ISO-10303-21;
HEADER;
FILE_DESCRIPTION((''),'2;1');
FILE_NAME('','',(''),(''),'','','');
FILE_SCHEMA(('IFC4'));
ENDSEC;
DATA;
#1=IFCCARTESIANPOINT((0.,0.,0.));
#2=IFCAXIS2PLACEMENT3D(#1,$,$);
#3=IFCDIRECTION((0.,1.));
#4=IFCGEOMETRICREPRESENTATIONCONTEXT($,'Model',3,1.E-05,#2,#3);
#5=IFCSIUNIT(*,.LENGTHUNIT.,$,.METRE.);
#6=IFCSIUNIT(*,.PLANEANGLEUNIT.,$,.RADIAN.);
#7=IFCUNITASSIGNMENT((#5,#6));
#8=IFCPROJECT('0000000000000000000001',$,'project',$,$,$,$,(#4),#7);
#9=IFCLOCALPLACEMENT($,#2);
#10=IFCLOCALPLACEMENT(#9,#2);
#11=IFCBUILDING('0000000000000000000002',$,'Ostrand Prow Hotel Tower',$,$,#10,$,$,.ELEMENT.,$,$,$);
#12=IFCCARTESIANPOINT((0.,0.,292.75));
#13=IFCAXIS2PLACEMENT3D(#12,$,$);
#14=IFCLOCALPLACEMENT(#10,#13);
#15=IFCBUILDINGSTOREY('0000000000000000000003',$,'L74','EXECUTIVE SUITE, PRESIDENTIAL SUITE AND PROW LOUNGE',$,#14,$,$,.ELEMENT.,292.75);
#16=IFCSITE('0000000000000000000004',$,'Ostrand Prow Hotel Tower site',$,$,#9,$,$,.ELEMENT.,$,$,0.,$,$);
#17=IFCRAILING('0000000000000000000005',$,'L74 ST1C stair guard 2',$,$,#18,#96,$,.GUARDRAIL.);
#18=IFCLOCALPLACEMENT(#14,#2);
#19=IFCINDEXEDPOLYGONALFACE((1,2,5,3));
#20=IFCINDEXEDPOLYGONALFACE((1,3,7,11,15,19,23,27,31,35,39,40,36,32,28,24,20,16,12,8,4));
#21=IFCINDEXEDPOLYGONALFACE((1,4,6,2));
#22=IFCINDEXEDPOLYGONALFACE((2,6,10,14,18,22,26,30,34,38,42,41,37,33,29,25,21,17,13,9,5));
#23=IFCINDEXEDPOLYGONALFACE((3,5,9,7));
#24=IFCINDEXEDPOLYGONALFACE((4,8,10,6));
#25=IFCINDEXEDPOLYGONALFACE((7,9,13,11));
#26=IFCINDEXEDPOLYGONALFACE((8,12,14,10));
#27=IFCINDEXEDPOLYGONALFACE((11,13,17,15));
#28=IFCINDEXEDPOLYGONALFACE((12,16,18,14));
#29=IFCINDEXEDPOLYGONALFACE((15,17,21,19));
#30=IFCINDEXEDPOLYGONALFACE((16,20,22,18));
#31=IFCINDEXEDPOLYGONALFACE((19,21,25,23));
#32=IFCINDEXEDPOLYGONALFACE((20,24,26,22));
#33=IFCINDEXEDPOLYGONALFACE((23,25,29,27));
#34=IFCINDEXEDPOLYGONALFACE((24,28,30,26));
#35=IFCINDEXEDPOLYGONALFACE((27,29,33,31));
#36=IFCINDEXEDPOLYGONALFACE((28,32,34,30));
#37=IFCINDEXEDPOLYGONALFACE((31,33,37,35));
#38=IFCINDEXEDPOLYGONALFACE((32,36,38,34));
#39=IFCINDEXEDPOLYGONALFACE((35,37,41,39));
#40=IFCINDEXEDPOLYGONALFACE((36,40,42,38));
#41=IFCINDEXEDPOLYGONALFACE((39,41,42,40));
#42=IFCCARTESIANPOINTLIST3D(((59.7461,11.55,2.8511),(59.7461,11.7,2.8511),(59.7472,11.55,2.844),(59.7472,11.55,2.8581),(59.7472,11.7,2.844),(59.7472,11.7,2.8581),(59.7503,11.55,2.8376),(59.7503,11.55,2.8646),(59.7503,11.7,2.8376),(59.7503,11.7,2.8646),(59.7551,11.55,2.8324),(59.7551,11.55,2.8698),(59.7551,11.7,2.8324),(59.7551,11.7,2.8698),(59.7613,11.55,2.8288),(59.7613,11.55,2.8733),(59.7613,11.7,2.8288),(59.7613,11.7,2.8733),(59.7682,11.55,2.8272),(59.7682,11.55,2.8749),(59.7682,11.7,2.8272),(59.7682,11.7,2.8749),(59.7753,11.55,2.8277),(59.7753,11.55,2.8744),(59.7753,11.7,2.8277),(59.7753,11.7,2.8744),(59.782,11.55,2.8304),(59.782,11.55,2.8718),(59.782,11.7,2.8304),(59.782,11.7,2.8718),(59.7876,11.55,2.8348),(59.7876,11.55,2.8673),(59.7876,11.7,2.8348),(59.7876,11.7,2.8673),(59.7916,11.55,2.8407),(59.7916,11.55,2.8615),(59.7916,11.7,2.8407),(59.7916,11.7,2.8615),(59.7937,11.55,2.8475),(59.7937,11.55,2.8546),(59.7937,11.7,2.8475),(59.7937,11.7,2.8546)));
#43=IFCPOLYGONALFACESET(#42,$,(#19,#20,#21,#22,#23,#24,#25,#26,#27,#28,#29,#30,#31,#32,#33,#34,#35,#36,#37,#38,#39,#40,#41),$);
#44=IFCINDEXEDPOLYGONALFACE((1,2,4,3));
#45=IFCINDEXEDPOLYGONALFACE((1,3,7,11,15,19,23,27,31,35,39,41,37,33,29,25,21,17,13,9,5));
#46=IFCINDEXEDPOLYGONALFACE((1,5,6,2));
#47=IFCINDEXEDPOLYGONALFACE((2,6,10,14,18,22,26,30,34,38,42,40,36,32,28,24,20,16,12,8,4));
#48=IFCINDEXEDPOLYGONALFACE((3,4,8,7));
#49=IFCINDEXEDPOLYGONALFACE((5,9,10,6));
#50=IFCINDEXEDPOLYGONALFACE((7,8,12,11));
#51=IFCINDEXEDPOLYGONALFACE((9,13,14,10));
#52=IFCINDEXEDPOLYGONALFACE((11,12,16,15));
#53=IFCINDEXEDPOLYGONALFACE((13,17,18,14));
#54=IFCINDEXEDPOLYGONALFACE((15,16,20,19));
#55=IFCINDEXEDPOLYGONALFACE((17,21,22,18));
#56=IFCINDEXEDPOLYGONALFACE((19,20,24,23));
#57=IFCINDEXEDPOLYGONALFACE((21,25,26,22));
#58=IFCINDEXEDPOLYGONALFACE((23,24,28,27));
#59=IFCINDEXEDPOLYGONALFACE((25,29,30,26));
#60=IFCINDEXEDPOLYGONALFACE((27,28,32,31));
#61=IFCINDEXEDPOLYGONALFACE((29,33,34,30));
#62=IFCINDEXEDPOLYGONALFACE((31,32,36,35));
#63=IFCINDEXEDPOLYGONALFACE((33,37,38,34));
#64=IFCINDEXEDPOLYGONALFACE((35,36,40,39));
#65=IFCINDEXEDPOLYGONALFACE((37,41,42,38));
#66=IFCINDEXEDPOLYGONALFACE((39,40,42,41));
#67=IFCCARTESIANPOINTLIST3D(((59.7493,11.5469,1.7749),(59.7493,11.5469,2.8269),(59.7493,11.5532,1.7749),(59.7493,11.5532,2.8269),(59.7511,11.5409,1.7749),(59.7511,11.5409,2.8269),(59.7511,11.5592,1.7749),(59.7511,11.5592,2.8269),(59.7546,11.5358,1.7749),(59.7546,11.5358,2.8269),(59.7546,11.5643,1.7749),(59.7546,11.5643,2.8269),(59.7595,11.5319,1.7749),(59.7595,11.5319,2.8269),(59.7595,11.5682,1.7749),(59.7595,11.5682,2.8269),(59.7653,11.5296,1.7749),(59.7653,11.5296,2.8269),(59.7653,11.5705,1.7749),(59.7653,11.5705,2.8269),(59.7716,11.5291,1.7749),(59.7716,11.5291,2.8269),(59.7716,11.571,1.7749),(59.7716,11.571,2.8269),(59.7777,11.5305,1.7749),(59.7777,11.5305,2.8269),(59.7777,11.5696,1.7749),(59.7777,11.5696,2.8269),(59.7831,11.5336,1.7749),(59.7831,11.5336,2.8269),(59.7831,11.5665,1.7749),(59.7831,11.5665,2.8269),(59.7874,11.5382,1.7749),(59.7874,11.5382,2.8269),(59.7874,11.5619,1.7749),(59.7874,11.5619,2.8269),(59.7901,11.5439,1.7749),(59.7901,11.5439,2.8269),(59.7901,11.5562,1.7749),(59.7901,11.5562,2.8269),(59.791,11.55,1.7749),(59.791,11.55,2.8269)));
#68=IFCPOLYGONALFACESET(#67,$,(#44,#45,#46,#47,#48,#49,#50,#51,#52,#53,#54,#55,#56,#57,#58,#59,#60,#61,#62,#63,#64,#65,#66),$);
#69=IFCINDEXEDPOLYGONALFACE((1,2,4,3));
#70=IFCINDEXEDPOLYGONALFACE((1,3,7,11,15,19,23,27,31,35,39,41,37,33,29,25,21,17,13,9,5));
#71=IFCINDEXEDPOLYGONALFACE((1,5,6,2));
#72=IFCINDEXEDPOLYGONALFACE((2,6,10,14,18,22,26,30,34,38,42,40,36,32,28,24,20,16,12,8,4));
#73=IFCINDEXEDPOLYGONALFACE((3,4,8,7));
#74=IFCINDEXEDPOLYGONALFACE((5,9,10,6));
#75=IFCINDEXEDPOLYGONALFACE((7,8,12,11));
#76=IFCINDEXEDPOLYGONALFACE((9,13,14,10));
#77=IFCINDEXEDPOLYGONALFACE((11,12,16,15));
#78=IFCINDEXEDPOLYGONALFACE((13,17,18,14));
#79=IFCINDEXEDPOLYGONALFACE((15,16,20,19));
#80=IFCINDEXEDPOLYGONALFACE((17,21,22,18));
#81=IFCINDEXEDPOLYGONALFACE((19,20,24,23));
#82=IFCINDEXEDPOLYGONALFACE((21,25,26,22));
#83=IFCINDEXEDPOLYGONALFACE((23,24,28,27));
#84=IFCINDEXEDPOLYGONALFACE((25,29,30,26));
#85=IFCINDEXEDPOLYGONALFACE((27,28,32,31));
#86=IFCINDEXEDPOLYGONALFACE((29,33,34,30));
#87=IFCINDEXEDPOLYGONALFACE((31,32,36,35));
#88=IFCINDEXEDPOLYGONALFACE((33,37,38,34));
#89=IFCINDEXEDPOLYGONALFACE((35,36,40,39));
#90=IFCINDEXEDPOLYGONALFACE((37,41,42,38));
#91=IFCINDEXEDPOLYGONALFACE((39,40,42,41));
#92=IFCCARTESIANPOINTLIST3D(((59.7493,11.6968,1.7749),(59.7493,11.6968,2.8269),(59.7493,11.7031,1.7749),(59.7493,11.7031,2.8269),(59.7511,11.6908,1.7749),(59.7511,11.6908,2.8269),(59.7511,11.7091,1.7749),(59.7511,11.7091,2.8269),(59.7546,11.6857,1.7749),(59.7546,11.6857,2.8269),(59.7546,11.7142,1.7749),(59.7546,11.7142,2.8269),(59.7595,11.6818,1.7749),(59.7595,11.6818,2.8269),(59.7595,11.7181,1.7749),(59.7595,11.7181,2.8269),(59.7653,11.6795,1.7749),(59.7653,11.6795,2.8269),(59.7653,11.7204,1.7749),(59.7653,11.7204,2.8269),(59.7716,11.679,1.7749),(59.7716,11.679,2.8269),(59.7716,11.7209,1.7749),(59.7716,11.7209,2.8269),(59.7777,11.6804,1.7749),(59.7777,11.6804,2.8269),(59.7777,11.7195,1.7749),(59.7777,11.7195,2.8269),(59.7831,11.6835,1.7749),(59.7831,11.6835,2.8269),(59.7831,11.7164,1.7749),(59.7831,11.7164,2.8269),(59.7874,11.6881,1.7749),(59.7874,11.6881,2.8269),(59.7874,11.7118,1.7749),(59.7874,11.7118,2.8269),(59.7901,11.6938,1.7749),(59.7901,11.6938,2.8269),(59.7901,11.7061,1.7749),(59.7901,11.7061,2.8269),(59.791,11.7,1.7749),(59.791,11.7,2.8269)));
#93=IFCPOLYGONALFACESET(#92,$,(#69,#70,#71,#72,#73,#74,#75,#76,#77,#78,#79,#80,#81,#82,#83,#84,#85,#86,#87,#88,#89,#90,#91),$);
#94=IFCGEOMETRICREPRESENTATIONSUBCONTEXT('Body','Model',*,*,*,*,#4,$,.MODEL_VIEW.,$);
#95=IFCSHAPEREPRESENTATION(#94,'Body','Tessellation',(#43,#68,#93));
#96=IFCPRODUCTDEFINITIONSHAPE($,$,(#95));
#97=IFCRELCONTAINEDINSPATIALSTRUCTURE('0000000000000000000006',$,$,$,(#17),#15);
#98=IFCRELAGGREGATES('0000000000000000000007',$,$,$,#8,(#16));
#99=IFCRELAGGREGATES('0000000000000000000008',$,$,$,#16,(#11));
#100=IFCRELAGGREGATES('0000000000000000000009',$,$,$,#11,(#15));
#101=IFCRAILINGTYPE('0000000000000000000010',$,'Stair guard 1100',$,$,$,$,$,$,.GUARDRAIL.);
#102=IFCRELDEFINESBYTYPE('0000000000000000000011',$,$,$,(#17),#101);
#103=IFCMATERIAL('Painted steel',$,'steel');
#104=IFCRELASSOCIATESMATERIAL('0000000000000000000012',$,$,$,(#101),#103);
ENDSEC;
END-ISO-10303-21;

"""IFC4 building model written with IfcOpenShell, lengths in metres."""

from ifc_helpers import new_model, si_unit, direction, frame, origin, origin_2d, place, context, subcontext, project, spatial, circle, extrude, material, type_object, element, save


model = new_model("IFC4")

# Units and contexts
model_context = context("Model", 3, precision=1e-05, world=origin(), true_north=direction((0.0, 1.0)))
body_context = subcontext(model_context, "Body", "Model", "MODEL_VIEW")
ifc_project = project(units=[si_unit("LENGTHUNIT", "METRE"), si_unit("PLANEANGLEUNIT", "RADIAN")], contexts=[model_context])

# Site, building, storey
site_placement = place(None, origin())
site = spatial("IfcSite", under=ifc_project, at=site_placement, Name="Ostrand Prow Hotel Tower site", CompositionType="ELEMENT", RefElevation=0.0)
building_placement = place(site_placement, origin())
building = spatial("IfcBuilding", under=site, at=building_placement, Name="Ostrand Prow Hotel Tower", CompositionType="ELEMENT")
storey_placement = place(building_placement, frame((0.0, 0.0, 292.75)))
storey = spatial("IfcBuildingStorey", under=building, at=storey_placement, Name="L74", Description="EXECUTIVE SUITE, PRESIDENTIAL SUITE AND PROW LOUNGE", CompositionType="ELEMENT", Elevation=292.75)

# Railing
ifc_material_1 = material(Name="Painted steel", Category="steel")
railing_type_1 = type_object("IfcRailingType", Name="Stair guard 1100", PredefinedType="GUARDRAIL", material=ifc_material_1)
railing_1_placement = place(storey_placement, frame((59.77, 11.55, 1.7749)))
element("IfcRailing", 1, at=railing_1_placement, inside=storey, type_object=railing_type_1, Name="L74 ST1C stair guard 2", PredefinedType="GUARDRAIL", context=body_context, shape_type="SweptSolid", body=[
    extrude(circle(Radius=0.0239, at=origin_2d()), frame((0.0, 0.0, 1.0762), z_axis=(0.0, 1.0, 0.0), x_axis=(-1.0, 0.0, 0.0)), (0.0, 0.0, 1.0), 0.1499),
    extrude(circle(Radius=0.021, at=origin_2d()), origin(), (0.0, 0.0, 1.0), 1.052),
    extrude(circle(Radius=0.021, at=origin_2d()), frame((0.0, 0.1499, 0.0)), (0.0, 0.0, 1.0), 1.052),
])

save(model, "model.ifc")
